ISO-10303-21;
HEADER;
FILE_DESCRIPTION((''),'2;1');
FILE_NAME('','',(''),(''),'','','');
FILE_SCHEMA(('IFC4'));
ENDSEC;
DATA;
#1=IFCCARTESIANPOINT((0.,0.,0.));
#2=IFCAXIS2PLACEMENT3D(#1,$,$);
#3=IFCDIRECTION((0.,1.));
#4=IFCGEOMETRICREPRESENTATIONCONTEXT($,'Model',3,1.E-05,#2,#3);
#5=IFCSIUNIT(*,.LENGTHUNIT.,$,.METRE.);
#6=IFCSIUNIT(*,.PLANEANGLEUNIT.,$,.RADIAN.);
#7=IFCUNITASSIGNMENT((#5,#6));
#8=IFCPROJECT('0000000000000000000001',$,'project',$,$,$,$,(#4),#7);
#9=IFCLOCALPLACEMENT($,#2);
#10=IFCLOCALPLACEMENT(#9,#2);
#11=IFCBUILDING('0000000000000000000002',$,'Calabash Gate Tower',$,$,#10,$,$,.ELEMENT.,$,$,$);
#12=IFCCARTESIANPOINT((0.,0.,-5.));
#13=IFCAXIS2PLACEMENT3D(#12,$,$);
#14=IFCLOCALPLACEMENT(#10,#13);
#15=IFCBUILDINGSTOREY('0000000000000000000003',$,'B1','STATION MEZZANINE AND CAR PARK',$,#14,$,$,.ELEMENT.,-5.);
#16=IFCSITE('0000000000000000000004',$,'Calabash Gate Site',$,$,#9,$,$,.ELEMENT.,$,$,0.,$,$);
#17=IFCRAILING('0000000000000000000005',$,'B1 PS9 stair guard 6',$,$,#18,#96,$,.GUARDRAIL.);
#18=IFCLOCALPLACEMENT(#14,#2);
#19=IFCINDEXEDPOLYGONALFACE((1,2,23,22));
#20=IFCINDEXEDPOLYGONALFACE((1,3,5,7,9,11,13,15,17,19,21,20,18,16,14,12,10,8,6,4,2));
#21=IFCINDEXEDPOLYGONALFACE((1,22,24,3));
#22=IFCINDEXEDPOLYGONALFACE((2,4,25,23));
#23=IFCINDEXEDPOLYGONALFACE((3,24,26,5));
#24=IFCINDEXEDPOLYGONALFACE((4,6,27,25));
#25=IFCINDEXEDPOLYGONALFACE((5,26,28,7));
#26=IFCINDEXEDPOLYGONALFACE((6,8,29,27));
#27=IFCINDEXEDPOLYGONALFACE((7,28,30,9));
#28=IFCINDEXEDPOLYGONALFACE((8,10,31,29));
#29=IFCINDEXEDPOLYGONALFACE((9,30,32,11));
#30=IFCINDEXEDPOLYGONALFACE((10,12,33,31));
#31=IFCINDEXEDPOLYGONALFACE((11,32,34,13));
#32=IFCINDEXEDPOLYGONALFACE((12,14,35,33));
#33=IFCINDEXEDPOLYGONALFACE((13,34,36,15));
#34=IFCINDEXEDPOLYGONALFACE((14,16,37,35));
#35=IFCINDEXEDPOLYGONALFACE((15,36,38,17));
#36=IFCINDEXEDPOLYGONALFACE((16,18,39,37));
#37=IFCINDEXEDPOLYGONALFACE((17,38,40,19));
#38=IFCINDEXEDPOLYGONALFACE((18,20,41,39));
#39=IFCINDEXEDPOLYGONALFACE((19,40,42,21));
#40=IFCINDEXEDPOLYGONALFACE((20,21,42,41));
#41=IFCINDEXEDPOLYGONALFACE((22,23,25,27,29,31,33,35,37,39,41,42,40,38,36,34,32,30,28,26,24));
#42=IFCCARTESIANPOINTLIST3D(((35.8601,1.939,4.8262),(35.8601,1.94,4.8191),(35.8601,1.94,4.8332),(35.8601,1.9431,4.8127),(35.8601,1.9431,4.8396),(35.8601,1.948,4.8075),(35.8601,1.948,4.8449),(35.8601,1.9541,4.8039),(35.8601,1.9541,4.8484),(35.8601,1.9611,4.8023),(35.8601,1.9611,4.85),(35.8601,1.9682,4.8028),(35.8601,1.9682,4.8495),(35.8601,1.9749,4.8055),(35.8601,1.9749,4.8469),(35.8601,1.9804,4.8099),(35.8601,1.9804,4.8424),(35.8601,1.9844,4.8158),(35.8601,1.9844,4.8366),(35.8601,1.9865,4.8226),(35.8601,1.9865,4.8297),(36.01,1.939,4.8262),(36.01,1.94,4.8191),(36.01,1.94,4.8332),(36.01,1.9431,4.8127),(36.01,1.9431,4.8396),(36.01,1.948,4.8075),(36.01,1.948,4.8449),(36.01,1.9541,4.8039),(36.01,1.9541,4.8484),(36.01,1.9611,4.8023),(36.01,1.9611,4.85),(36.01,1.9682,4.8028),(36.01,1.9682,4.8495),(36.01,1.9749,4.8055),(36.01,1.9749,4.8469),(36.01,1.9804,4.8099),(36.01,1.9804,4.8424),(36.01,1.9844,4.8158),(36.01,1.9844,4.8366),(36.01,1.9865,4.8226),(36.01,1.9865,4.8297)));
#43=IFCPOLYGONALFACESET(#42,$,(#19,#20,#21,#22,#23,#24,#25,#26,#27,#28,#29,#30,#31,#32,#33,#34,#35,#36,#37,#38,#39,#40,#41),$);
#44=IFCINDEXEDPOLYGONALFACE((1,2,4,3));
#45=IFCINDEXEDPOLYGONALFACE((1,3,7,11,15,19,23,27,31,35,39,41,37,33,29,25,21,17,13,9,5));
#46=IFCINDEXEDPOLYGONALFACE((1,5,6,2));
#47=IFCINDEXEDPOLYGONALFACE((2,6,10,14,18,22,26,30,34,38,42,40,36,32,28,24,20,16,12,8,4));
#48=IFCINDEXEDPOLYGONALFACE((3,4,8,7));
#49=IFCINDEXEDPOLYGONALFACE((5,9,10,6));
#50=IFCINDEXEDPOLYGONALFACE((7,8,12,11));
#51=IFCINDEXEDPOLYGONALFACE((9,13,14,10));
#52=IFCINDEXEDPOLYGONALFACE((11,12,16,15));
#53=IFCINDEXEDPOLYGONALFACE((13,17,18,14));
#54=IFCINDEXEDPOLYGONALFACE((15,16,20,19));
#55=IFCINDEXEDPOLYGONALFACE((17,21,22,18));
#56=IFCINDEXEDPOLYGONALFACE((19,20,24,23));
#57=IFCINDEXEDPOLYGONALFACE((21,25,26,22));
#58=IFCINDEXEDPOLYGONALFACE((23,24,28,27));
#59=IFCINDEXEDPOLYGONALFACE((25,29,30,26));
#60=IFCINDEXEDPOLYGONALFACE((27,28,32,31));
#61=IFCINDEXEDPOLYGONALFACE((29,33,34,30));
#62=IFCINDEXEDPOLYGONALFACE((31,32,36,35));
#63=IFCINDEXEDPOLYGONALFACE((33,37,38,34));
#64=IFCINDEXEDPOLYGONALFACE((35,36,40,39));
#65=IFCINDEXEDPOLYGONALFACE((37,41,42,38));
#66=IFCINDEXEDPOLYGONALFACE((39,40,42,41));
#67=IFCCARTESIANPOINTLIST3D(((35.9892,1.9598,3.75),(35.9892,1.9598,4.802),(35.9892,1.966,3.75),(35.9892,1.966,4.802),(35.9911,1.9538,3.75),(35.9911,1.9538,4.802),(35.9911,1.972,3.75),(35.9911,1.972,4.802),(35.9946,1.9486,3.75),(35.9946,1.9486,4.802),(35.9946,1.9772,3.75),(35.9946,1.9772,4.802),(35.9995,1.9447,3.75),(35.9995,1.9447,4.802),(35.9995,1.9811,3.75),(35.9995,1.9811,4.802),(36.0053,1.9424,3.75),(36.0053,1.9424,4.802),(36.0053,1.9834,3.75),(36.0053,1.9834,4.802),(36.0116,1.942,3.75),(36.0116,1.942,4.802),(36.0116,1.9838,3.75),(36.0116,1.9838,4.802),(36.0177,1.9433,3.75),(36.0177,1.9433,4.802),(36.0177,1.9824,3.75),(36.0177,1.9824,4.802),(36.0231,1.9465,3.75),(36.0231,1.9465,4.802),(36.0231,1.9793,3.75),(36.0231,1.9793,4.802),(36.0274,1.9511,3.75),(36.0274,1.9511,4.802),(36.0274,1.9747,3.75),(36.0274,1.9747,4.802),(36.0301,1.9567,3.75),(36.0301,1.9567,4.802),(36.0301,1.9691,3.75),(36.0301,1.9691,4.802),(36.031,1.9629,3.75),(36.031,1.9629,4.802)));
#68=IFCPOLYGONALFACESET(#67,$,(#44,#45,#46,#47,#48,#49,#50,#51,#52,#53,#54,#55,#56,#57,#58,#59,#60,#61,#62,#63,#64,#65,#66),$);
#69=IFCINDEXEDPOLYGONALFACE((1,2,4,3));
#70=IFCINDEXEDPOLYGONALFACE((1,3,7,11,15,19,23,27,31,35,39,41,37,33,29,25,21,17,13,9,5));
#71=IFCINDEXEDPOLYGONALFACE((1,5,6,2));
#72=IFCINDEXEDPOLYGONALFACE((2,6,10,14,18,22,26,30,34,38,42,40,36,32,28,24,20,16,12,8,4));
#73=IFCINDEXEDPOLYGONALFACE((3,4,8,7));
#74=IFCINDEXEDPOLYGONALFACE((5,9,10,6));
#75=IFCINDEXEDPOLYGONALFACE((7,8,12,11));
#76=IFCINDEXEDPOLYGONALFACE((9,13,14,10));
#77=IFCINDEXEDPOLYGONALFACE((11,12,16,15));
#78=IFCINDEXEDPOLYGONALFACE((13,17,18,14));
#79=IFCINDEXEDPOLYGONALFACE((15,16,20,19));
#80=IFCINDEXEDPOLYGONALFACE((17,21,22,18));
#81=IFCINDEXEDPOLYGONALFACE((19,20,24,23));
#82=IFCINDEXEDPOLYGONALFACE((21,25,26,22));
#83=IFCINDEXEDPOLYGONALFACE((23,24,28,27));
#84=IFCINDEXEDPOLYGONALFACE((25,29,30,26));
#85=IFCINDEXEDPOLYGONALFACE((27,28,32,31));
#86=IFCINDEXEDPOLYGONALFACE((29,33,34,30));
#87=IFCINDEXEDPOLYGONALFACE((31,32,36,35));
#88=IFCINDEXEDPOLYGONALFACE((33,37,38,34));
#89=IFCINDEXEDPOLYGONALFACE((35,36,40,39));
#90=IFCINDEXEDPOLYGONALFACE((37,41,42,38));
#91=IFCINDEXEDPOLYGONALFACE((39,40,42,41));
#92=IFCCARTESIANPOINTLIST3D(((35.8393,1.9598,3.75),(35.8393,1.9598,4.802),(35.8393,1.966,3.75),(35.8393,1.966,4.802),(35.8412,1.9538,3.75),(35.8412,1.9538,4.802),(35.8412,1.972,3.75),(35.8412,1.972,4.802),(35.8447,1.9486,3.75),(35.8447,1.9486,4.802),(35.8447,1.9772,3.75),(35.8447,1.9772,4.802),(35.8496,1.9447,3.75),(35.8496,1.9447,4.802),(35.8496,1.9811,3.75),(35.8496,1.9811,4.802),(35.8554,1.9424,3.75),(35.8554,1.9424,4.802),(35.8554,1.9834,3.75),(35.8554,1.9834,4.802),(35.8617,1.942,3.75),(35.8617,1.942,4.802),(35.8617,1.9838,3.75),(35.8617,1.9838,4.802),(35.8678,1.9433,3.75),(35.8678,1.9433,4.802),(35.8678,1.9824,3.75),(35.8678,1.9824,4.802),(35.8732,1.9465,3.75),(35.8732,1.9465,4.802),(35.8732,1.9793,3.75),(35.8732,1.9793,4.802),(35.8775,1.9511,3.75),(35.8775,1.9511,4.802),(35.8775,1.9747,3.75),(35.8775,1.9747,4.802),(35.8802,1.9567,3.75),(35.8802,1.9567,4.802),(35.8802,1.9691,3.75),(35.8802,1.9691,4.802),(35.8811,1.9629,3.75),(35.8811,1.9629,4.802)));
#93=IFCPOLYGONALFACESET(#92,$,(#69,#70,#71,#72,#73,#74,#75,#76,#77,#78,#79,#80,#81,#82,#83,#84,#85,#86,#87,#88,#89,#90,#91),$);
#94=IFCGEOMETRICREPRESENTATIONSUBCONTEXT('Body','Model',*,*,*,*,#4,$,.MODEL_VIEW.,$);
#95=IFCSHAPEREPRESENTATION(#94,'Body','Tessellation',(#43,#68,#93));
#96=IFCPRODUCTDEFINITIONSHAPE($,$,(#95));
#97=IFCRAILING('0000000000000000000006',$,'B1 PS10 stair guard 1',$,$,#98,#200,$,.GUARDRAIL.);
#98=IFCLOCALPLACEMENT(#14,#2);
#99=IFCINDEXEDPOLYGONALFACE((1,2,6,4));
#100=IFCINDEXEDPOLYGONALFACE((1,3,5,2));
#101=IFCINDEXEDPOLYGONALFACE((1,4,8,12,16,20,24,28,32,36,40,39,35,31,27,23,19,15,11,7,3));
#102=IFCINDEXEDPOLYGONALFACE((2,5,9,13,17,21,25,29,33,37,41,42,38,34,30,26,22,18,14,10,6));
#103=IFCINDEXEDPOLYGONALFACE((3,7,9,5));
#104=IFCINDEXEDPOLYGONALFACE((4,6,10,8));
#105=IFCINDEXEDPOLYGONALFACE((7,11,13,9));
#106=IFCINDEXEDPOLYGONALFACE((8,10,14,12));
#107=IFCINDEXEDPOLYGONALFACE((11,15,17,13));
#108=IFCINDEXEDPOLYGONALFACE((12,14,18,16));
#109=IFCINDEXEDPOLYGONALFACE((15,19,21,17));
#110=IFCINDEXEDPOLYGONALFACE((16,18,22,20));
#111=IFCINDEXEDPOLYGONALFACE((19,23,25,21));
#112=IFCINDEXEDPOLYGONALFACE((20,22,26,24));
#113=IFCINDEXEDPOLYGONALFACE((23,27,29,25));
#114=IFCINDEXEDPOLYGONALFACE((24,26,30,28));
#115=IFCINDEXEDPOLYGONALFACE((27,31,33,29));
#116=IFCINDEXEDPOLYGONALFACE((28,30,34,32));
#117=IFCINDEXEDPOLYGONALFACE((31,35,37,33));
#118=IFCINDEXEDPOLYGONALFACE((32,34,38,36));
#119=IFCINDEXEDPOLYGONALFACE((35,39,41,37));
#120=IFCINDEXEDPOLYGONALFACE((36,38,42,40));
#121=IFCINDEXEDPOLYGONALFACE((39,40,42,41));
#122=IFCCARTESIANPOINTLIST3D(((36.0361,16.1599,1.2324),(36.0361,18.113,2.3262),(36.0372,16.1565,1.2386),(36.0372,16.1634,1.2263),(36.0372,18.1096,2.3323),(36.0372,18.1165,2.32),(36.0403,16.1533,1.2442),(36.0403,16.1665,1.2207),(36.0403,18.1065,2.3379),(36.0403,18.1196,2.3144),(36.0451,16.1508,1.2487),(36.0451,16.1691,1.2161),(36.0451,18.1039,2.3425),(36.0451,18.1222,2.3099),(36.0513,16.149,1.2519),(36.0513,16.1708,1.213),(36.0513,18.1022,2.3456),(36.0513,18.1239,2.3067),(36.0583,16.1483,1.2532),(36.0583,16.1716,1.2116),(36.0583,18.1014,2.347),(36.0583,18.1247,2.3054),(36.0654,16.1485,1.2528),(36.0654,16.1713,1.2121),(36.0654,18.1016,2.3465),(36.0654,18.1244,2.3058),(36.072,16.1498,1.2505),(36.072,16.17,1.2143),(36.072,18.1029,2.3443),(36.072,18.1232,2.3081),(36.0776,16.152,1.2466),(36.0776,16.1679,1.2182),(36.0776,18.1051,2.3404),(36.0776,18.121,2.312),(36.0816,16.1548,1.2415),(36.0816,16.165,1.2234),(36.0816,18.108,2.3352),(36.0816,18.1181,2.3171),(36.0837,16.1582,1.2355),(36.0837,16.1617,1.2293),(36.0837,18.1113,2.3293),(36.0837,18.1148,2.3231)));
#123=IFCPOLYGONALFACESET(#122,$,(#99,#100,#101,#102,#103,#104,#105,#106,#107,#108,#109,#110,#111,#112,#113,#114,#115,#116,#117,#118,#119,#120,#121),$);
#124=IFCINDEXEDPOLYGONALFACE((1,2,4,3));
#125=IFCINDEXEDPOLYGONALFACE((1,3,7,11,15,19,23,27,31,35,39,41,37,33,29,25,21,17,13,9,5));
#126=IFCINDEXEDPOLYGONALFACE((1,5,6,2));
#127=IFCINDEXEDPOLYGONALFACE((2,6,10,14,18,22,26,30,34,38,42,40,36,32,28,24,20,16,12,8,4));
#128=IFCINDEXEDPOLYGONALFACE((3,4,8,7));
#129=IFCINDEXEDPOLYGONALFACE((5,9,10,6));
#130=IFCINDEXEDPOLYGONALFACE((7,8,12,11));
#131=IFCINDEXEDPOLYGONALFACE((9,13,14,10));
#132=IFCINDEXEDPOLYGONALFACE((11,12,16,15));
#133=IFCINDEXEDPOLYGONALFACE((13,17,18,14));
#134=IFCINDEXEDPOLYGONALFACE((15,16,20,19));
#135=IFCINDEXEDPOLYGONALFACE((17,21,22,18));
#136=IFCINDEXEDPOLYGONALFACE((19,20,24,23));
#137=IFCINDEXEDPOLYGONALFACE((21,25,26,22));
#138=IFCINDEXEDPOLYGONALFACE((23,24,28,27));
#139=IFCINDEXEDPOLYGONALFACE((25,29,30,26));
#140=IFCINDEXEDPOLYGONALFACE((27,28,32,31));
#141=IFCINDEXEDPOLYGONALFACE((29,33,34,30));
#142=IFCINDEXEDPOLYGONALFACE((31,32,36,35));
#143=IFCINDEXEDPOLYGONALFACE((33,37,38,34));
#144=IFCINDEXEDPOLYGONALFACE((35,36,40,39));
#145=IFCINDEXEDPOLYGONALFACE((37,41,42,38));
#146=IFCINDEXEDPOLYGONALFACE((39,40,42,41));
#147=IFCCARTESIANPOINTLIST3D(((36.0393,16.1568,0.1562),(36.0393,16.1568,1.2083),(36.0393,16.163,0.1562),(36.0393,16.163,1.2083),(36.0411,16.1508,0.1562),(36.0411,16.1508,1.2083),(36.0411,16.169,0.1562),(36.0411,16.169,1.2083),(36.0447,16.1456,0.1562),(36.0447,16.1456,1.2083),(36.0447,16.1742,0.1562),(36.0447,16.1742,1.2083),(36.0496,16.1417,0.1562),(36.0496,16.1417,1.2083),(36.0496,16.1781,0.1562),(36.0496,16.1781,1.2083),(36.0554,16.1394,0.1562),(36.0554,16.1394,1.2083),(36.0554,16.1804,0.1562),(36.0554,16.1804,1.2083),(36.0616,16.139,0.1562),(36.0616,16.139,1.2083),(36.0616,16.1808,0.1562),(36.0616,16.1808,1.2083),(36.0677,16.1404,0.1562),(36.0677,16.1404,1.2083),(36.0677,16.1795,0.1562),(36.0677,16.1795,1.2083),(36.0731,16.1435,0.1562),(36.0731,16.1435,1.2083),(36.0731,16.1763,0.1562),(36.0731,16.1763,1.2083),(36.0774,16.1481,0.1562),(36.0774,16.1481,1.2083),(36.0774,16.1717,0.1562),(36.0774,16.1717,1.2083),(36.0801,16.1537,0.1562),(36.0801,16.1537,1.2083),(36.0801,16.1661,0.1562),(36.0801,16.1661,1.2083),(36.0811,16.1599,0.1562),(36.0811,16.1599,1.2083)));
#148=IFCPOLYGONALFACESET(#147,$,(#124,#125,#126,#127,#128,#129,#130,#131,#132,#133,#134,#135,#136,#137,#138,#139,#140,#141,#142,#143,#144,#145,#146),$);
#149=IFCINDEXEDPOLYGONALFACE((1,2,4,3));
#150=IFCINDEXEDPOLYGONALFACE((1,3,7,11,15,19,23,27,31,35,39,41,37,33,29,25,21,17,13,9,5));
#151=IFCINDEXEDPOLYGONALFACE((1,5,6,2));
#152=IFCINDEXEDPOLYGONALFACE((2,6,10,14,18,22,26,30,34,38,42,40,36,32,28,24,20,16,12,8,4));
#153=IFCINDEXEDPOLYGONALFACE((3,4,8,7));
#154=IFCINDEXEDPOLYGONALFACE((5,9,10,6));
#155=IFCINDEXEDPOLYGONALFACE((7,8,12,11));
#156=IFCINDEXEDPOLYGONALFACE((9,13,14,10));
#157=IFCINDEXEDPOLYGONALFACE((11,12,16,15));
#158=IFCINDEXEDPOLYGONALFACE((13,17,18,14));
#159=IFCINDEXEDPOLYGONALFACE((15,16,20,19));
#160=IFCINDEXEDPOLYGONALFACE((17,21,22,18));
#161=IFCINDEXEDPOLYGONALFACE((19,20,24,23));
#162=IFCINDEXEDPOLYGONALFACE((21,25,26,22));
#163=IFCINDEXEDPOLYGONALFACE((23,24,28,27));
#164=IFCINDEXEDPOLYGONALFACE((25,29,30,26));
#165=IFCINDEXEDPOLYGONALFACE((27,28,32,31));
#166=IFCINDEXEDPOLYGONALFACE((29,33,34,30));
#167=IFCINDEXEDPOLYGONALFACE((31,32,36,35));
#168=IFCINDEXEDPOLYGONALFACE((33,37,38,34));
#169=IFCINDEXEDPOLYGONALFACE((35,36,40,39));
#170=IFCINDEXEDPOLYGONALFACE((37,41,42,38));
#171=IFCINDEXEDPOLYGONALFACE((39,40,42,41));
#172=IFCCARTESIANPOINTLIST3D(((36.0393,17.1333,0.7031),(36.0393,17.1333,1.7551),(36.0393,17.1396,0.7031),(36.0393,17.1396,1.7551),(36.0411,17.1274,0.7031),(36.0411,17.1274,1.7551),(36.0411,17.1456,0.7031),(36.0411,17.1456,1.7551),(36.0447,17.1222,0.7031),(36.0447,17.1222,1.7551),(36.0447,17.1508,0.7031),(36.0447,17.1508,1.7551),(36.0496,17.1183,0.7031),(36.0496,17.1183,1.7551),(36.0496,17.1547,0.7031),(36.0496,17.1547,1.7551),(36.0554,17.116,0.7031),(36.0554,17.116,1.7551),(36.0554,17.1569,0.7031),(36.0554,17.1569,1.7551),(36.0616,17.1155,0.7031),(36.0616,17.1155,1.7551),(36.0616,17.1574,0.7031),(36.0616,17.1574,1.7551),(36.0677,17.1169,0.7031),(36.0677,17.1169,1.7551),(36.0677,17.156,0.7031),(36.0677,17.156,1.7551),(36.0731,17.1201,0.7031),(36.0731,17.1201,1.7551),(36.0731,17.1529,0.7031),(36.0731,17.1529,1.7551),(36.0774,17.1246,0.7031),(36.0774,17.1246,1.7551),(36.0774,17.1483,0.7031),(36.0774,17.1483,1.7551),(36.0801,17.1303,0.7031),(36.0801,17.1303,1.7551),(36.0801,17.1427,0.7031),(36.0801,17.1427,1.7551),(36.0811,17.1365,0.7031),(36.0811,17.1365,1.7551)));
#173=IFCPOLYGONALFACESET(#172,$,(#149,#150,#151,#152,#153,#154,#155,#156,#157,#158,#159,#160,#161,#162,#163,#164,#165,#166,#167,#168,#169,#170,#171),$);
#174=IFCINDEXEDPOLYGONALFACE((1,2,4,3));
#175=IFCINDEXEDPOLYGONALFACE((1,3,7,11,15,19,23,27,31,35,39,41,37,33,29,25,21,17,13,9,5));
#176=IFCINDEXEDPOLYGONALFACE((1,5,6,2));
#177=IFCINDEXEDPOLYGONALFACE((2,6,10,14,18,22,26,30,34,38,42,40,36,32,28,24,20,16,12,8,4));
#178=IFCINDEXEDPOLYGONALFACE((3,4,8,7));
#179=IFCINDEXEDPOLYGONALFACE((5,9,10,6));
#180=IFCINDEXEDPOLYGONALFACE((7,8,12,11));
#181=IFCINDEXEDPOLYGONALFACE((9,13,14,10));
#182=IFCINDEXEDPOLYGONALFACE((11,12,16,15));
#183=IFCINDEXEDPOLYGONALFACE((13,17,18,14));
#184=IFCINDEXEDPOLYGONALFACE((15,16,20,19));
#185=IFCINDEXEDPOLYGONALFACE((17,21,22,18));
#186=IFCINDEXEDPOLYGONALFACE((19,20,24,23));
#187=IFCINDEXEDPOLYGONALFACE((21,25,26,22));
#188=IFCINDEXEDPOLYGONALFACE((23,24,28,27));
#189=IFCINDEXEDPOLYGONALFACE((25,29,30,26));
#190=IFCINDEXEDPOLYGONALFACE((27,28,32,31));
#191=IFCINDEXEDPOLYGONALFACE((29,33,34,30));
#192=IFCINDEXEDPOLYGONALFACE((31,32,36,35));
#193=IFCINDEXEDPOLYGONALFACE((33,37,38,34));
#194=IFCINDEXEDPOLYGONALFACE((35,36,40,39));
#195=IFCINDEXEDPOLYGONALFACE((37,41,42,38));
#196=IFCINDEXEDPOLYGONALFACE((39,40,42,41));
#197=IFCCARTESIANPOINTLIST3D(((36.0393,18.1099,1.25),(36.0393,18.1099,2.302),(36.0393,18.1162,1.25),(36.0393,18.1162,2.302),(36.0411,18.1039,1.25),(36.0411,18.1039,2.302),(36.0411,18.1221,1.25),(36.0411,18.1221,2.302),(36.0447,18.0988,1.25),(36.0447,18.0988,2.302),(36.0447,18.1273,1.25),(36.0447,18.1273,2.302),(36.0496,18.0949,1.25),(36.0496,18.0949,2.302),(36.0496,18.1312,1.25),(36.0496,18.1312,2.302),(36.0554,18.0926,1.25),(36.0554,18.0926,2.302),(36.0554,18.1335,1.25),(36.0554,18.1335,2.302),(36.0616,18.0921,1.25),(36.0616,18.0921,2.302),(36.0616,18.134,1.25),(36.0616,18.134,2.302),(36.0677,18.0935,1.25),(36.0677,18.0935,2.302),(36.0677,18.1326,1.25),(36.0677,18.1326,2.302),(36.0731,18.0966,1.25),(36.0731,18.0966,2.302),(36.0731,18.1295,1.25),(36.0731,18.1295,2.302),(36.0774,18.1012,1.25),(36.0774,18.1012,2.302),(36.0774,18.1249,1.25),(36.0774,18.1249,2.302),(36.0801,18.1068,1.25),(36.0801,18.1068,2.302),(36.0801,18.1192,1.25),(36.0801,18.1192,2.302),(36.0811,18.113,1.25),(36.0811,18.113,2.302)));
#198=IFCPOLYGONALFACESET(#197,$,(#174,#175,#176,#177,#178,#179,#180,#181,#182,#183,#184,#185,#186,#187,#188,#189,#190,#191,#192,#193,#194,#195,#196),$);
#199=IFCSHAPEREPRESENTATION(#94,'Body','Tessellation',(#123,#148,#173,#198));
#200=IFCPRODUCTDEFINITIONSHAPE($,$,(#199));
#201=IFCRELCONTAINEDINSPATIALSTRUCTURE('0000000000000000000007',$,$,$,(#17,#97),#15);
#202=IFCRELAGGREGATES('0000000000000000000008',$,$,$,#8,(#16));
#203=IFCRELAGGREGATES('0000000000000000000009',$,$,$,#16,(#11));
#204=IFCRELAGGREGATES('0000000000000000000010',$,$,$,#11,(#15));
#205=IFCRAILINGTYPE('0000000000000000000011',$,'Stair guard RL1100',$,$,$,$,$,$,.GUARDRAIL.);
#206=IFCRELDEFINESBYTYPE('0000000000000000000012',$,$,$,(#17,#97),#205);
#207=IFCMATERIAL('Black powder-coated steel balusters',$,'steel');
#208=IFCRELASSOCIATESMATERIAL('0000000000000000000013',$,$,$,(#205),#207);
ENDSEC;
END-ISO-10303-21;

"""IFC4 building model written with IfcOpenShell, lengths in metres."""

from ifc_helpers import new_model, si_unit, direction, frame, origin, origin_2d, place, context, subcontext, project, spatial, circle, extrude, material, type_object, element, save


model = new_model("IFC4")

# Units and contexts
model_context = context("Model", 3, precision=1e-05, world=origin(), true_north=direction((0.0, 1.0)))
body_context = subcontext(model_context, "Body", "Model", "MODEL_VIEW")
ifc_project = project(units=[si_unit("LENGTHUNIT", "METRE"), si_unit("PLANEANGLEUNIT", "RADIAN")], contexts=[model_context])

# Site, building, storey
site_placement = place(None, origin())
site = spatial("IfcSite", under=ifc_project, at=site_placement, Name="Calabash Gate Site", CompositionType="ELEMENT", RefElevation=0.0)
building_placement = place(site_placement, origin())
building = spatial("IfcBuilding", under=site, at=building_placement, Name="Calabash Gate Tower", CompositionType="ELEMENT")
storey_placement = place(building_placement, frame((0.0, 0.0, -5.0)))
storey = spatial("IfcBuildingStorey", under=building, at=storey_placement, Name="B1", Description="STATION MEZZANINE AND CAR PARK", CompositionType="ELEMENT", Elevation=-5.0)

# Railings
ifc_material_1 = material(Name="Black powder-coated steel balusters", Category="steel")
railing_type_1 = type_object("IfcRailingType", Name="Stair guard RL1100", PredefinedType="GUARDRAIL", material=ifc_material_1)
for number, where, name in (
    (1, (36.01, 1.9629, 3.75), "B1 PS9 stair guard 6"),
):
    element("IfcRailing", number, at=place(storey_placement, frame(where)), inside=storey, type_object=railing_type_1, Name=name, PredefinedType="GUARDRAIL", context=body_context, shape_type="SweptSolid", body=[
        extrude(circle(Radius=0.0239, at=origin_2d()), frame((0.0, 0.0, 1.0762), z_axis=(-1.0, 0.0, 0.0), x_axis=(0.0, -1.0, 0.0)), (0.0, 0.0, 1.0), 0.1499),
        extrude(circle(Radius=0.021, at=origin_2d()), origin(), (0.0, 0.0, 1.0), 1.052),
        extrude(circle(Radius=0.021, at=origin_2d()), frame((-0.1499, 0.0, 0.0)), (0.0, 0.0, 1.0), 1.052),
    ])
railing_1_placement = place(storey_placement, frame((36.0601, 16.1599, 0.1562)))
element("IfcRailing", 2, at=railing_1_placement, inside=storey, type_object=railing_type_1, Name="B1 PS10 stair guard 1", PredefinedType="GUARDRAIL", context=body_context, shape_type="SweptSolid", body=[
    extrude(circle(Radius=0.0239, at=origin_2d()), frame((0.0, 0.0, 1.0762), z_axis=(0.0, 0.872506, 0.488603), x_axis=(-1.0, 0.0, 0.0)), (0.0, 0.0, 1.0), 2.2385),
    extrude(circle(Radius=0.021, at=origin_2d()), origin(), (0.0, 0.0, 1.0), 1.052),
    extrude(circle(Radius=0.021, at=origin_2d()), frame((0.0, 0.9766, 0.5469)), (0.0, 0.0, 1.0), 1.052),
    extrude(circle(Radius=0.021, at=origin_2d()), frame((0.0, 1.9531, 1.0938)), (0.0, 0.0, 1.0), 1.052),
])

save(model, "model.ifc")
